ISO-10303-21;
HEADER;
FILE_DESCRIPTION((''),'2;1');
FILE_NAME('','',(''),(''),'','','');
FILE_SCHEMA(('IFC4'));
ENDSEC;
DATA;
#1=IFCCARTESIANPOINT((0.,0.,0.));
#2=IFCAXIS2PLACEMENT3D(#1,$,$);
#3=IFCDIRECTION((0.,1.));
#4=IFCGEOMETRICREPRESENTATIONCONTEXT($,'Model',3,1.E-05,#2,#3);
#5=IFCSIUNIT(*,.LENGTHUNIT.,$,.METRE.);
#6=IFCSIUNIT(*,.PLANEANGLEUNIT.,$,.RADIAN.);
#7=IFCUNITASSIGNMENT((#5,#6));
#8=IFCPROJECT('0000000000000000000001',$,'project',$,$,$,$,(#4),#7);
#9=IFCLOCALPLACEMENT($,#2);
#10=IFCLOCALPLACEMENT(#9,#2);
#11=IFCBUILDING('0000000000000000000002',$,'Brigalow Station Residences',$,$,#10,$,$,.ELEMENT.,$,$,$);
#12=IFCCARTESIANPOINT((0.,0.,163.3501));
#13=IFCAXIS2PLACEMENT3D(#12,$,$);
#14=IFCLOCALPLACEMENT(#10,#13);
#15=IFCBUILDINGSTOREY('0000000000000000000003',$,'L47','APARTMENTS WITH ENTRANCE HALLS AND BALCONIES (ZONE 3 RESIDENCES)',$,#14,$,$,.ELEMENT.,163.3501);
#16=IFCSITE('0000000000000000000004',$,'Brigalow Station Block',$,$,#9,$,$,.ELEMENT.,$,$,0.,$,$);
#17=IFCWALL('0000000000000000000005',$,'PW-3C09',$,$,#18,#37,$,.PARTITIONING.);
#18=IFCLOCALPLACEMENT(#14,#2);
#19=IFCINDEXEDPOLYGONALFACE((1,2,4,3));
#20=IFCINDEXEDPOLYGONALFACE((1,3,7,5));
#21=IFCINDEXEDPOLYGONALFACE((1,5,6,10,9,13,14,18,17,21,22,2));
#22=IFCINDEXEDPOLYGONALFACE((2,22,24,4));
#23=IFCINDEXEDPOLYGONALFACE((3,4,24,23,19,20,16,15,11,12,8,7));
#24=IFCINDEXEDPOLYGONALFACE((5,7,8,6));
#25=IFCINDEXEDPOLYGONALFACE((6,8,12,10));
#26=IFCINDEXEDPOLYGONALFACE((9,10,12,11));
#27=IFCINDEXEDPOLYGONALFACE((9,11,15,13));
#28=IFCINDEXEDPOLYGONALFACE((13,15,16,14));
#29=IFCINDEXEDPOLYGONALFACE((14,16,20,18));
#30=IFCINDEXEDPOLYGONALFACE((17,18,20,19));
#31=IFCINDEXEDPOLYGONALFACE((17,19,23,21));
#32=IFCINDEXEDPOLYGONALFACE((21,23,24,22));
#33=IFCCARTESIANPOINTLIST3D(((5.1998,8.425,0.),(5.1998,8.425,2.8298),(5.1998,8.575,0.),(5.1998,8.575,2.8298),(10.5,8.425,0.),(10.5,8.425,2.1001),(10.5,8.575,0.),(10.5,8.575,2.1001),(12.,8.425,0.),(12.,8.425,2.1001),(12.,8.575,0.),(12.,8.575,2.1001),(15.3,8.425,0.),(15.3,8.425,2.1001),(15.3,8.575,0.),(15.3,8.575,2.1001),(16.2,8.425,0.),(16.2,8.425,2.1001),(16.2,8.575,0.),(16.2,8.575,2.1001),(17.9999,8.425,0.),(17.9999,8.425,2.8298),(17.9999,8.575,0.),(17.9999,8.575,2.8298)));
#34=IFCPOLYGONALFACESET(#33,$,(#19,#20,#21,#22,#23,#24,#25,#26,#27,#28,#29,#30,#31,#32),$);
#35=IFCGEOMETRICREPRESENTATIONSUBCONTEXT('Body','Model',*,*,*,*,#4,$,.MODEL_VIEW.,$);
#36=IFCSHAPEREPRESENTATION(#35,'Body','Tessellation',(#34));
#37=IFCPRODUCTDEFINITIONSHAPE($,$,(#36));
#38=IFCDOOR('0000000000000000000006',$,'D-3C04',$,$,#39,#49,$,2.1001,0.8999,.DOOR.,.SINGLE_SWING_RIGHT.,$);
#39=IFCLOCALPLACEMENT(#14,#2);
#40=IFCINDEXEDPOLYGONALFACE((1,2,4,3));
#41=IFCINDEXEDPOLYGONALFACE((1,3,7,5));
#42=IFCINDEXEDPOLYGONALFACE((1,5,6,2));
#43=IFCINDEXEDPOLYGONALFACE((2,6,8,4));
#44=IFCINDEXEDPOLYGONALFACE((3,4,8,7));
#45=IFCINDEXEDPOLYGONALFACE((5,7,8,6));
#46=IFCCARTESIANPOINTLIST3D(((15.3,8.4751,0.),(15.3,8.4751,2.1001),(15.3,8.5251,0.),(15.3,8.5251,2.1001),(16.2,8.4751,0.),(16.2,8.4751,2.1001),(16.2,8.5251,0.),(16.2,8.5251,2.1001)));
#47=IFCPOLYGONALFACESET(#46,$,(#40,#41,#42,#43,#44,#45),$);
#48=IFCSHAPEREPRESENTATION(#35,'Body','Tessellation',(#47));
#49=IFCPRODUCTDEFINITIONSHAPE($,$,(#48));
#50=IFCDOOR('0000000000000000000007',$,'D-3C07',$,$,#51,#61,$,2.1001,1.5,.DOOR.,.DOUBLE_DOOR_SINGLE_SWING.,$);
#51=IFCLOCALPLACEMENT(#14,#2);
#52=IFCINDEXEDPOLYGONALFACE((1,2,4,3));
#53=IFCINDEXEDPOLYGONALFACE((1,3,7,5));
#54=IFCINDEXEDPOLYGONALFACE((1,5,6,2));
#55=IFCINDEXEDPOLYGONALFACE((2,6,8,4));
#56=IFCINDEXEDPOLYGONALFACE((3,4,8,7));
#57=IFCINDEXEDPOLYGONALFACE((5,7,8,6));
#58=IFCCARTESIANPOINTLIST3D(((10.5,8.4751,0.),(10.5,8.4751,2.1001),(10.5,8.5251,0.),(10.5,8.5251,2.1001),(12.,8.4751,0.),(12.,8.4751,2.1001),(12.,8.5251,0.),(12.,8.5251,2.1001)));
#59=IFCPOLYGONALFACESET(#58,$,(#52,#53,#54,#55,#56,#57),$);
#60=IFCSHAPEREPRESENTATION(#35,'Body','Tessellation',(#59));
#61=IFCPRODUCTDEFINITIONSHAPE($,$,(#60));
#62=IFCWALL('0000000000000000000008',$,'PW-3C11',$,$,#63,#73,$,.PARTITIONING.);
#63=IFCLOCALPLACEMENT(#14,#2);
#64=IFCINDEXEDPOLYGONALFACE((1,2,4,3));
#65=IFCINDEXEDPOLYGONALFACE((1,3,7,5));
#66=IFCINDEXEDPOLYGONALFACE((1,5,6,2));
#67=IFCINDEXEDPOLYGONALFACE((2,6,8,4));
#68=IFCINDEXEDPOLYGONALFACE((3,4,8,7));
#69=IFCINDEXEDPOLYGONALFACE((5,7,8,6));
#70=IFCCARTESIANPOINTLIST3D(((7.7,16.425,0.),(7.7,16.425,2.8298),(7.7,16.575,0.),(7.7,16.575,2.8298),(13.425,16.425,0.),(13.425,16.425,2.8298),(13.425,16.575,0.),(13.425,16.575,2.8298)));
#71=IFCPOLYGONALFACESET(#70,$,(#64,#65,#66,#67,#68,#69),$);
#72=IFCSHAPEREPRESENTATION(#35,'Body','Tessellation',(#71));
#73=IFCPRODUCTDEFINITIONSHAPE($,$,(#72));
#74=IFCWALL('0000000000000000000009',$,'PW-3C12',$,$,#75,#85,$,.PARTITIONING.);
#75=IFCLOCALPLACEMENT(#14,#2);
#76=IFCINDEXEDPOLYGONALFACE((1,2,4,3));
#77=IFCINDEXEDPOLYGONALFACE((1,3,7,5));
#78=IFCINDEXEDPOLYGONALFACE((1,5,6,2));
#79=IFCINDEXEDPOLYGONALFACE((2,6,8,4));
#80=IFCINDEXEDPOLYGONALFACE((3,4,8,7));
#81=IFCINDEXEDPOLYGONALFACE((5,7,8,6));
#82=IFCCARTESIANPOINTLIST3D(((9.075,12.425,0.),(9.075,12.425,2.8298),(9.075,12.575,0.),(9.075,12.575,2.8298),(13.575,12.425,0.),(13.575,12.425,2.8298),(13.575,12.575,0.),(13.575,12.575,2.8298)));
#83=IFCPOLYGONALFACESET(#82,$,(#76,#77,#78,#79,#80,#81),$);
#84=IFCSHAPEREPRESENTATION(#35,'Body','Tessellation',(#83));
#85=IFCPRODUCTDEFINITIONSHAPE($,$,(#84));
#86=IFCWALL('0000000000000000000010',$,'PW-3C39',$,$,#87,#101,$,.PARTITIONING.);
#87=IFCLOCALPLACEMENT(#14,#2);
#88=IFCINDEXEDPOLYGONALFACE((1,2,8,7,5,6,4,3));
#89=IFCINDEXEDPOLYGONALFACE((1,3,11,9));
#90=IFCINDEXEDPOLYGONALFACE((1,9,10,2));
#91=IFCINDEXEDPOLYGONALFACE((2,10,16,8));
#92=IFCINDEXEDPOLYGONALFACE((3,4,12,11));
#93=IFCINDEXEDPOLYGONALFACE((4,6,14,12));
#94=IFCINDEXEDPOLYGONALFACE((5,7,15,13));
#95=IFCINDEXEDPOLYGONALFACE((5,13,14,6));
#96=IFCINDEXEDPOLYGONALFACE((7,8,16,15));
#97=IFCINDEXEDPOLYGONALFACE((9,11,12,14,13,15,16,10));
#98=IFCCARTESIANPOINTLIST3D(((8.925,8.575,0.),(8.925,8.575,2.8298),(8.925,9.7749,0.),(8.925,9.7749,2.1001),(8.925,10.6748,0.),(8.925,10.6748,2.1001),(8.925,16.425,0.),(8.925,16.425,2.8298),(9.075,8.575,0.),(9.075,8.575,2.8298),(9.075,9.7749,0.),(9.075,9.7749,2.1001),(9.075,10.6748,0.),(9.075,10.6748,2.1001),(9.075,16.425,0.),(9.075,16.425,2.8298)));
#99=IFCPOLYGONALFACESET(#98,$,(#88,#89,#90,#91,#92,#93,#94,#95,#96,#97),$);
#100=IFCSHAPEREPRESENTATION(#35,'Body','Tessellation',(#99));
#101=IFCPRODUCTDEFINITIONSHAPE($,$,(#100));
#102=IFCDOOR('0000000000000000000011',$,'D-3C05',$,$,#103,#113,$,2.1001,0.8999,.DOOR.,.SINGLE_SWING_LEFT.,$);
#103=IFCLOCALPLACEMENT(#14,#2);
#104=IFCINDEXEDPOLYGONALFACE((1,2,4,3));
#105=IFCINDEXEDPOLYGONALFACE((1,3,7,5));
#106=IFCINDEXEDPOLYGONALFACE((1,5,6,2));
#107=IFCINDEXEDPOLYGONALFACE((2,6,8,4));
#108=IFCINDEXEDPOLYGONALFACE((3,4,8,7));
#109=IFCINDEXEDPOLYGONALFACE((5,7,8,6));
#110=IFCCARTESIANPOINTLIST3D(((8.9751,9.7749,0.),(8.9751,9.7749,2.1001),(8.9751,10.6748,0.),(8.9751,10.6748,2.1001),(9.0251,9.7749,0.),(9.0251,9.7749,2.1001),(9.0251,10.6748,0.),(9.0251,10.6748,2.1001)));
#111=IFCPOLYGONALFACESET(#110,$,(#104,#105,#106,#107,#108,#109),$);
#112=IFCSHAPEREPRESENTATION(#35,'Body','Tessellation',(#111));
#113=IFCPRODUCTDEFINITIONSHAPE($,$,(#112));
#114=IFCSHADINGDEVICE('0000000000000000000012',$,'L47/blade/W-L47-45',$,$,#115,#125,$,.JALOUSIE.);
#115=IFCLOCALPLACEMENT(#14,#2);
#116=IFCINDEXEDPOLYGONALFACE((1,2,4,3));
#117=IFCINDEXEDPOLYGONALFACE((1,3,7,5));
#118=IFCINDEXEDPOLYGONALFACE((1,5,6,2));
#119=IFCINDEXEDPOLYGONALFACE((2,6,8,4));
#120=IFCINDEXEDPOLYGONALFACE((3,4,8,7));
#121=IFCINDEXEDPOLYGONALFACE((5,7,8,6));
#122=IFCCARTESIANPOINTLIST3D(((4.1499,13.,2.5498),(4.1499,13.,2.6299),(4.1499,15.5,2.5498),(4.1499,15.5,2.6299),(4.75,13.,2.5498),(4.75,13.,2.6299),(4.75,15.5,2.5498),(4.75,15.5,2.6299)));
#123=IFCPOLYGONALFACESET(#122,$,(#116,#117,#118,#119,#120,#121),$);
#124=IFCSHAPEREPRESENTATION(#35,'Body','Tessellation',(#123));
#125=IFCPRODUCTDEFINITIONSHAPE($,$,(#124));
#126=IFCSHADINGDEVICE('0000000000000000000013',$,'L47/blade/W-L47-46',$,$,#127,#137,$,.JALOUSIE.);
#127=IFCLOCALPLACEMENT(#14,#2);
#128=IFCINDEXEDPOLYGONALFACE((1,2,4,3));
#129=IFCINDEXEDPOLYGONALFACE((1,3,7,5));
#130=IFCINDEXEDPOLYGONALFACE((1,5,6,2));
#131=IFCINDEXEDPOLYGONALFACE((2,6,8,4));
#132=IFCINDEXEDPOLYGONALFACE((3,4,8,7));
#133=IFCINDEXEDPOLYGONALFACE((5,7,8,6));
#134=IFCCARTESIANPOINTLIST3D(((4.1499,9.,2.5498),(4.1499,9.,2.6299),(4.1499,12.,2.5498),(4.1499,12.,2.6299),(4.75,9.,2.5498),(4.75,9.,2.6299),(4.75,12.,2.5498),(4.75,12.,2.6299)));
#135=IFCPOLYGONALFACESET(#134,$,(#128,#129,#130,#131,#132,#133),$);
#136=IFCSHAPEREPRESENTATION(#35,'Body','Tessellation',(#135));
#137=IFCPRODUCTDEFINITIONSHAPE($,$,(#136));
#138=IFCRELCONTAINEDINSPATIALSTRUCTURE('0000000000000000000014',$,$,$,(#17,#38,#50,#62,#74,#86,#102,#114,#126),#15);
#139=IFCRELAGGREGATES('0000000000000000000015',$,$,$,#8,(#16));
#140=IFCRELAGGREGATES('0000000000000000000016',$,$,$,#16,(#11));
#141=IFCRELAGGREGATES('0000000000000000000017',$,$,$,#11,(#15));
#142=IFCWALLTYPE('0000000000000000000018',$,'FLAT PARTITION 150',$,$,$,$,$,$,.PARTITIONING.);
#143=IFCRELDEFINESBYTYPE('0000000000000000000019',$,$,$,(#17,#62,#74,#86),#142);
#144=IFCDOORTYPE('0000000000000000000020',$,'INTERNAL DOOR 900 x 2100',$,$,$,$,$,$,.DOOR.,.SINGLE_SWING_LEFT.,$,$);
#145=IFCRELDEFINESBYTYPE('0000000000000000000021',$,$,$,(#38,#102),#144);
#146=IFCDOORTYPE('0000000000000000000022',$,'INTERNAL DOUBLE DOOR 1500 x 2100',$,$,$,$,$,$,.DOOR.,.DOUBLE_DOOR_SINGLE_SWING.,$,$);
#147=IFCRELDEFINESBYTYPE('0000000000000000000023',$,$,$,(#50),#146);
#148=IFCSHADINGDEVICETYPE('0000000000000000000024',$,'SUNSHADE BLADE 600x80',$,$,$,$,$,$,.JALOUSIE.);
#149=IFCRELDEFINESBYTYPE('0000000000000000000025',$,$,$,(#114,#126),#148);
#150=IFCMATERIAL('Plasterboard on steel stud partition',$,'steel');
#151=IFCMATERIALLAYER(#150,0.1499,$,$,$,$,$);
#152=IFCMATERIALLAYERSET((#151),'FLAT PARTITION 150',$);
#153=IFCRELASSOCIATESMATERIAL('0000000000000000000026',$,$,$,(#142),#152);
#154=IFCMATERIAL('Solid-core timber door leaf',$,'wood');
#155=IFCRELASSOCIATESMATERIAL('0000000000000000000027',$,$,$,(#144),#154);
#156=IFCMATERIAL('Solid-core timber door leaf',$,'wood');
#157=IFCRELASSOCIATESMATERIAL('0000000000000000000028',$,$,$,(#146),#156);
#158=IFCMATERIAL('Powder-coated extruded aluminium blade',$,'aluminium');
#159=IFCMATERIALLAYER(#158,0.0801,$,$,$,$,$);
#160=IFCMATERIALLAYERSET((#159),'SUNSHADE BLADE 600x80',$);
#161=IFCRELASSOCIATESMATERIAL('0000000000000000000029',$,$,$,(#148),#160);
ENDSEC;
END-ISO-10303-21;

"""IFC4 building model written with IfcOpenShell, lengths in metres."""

from ifc_helpers import new_model, si_unit, direction, frame, frame_2d, origin, origin_2d, place, context, subcontext, project, spatial, rectangle, extrude, material, layer, layer_set, type_object, element, fill, save


model = new_model("IFC4")

# Units and contexts
model_context = context("Model", 3, precision=1e-05, world=origin(), true_north=direction((0.0, 1.0)))
body_context = subcontext(model_context, "Body", "Model", "MODEL_VIEW")
ifc_project = project(units=[si_unit("LENGTHUNIT", "METRE"), si_unit("PLANEANGLEUNIT", "RADIAN")], contexts=[model_context])

# Site, building, storey
site_placement = place(None, origin())
site = spatial("IfcSite", under=ifc_project, at=site_placement, Name="Brigalow Station Block", CompositionType="ELEMENT", RefElevation=0.0)
building_placement = place(site_placement, origin())
building = spatial("IfcBuilding", under=site, at=building_placement, Name="Brigalow Station Residences", CompositionType="ELEMENT")
storey_placement = place(building_placement, frame((0.0, 0.0, 163.3501)))
storey = spatial("IfcBuildingStorey", under=building, at=storey_placement, Name="L47", Description="APARTMENTS WITH ENTRANCE HALLS AND BALCONIES (ZONE 3 RESIDENCES)", CompositionType="ELEMENT", Elevation=163.3501)

# Wall, openings, doors
ifc_material_1 = material(Name="Plasterboard on steel stud partition", Category="steel")
ifc_layer_1 = layer(ifc_material_1, 0.1499)
ifc_layer_set_1 = layer_set([ifc_layer_1], Name="FLAT PARTITION 150")
wall_type_1 = type_object("IfcWallType", Name="FLAT PARTITION 150", PredefinedType="PARTITIONING", material=ifc_layer_set_1)
wall_1_placement = place(storey_placement, frame((5.2, 8.5, 0.0), z_axis=(0.0, 0.0, 1.0), x_axis=(1.0, 0.0, 0.0)))
wall_1 = element("IfcWall", 1, at=wall_1_placement, inside=storey, type_object=wall_type_1, Name="PW-3C09", PredefinedType="PARTITIONING", context=body_context, shape_type="SweptSolid", body=[
    extrude(rectangle(XDim=12.8, YDim=0.1499, at=frame_2d((6.3999, 0.0))), origin(), (0.0, 0.0, 1.0), 2.8298),
])
opening_1_placement = place(wall_1_placement, frame((10.1001, 0.0, 0.0)))
opening_1 = element("IfcOpeningElement", 2, at=opening_1_placement, cuts=wall_1, PredefinedType="OPENING", context=body_context, shape_type="SweptSolid", body=[
    extrude(rectangle(XDim=0.8999, YDim=2.1001, at=frame_2d((0.45, 1.05))), frame((0.0, 0.085, 0.0), z_axis=(0.0, -1.0, 0.0), x_axis=(1.0, 0.0, 0.0)), (0.0, 0.0, 1.0), 0.1699),
])
opening_2_placement = place(wall_1_placement, frame((5.3, 0.0, 0.0)))
opening_2 = element("IfcOpeningElement", 3, at=opening_2_placement, cuts=wall_1, PredefinedType="OPENING", context=body_context, shape_type="SweptSolid", body=[
    extrude(rectangle(XDim=1.5, YDim=2.1001, at=frame_2d((0.75, 1.05))), frame((0.0, 0.085, 0.0), z_axis=(0.0, -1.0, 0.0), x_axis=(1.0, 0.0, 0.0)), (0.0, 0.0, 1.0), 0.1699),
])
ifc_material_2 = material(Name="Solid-core timber door leaf", Category="wood")
door_type_1 = type_object("IfcDoorType", Name="INTERNAL DOOR 900 x 2100", OperationType="SINGLE_SWING_LEFT", PredefinedType="DOOR", material=ifc_material_2)
door_1_placement = place(opening_1_placement, frame((0.8999, 0.0, 0.0), z_axis=(0.0, 0.0, 1.0), x_axis=(-1.0, 0.0, 0.0)))
door_1 = element("IfcDoor", 4, at=door_1_placement, inside=storey, type_object=door_type_1, Name="D-3C04", OperationType="SINGLE_SWING_RIGHT", OverallHeight=2.1001, OverallWidth=0.8999, PredefinedType="DOOR", context=body_context, shape_type="SweptSolid", body=[
    extrude(rectangle(XDim=0.8999, YDim=2.1001, at=frame_2d((0.45, 1.05))), frame((0.0, 0.0249, 0.0), z_axis=(0.0, -1.0, 0.0), x_axis=(1.0, 0.0, 0.0)), (0.0, 0.0, 1.0), 0.05),
])
fill(opening_1, door_1)
ifc_material_3 = material(Name="Solid-core timber door leaf", Category="wood")
door_type_2 = type_object("IfcDoorType", Name="INTERNAL DOUBLE DOOR 1500 x 2100", OperationType="DOUBLE_DOOR_SINGLE_SWING", PredefinedType="DOOR", material=ifc_material_3)
door_2_placement = place(opening_2_placement, frame((1.5, 0.0, 0.0), z_axis=(0.0, 0.0, 1.0), x_axis=(-1.0, 0.0, 0.0)))
door_2 = element("IfcDoor", 5, at=door_2_placement, inside=storey, type_object=door_type_2, Name="D-3C07", OperationType="DOUBLE_DOOR_SINGLE_SWING", OverallHeight=2.1001, OverallWidth=1.5, PredefinedType="DOOR", context=body_context, shape_type="SweptSolid", body=[
    extrude(rectangle(XDim=1.5, YDim=2.1001, at=frame_2d((0.75, 1.05))), frame((0.0, 0.0249, 0.0), z_axis=(0.0, -1.0, 0.0), x_axis=(1.0, 0.0, 0.0)), (0.0, 0.0, 1.0), 0.05),
])
fill(opening_2, door_2)

# Walls
wall_2_placement = place(storey_placement, frame((7.7, 16.5, 0.0), z_axis=(0.0, 0.0, 1.0), x_axis=(1.0, 0.0, 0.0)))
element("IfcWall", 6, at=wall_2_placement, inside=storey, type_object=wall_type_1, Name="PW-3C11", PredefinedType="PARTITIONING", context=body_context, shape_type="SweptSolid", body=[
    extrude(rectangle(XDim=5.7251, YDim=0.1499, at=frame_2d((2.8625, 0.0))), origin(), (0.0, 0.0, 1.0), 2.8298),
])
wall_3_placement = place(storey_placement, frame((9.075, 12.5, 0.0), z_axis=(0.0, 0.0, 1.0), x_axis=(1.0, 0.0, 0.0)))
element("IfcWall", 7, at=wall_3_placement, inside=storey, type_object=wall_type_1, Name="PW-3C12", PredefinedType="PARTITIONING", context=body_context, shape_type="SweptSolid", body=[
    extrude(rectangle(XDim=4.5, YDim=0.1499, at=frame_2d((2.25, 0.0))), origin(), (0.0, 0.0, 1.0), 2.8298),
])

# Wall, opening, door
wall_4_placement = place(storey_placement, frame((9.0, 8.575, 0.0), z_axis=(0.0, 0.0, 1.0), x_axis=(0.0, 1.0, 0.0)))
wall_4 = element("IfcWall", 8, at=wall_4_placement, inside=storey, type_object=wall_type_1, Name="PW-3C39", PredefinedType="PARTITIONING", context=body_context, shape_type="SweptSolid", body=[
    extrude(rectangle(XDim=7.8501, YDim=0.1499, at=frame_2d((3.925, 0.0))), origin(), (0.0, 0.0, 1.0), 2.8298),
])
opening_3_placement = place(wall_4_placement, frame((1.2, 0.0, 0.0)))
opening_3 = element("IfcOpeningElement", 9, at=opening_3_placement, cuts=wall_4, PredefinedType="OPENING", context=body_context, shape_type="SweptSolid", body=[
    extrude(rectangle(XDim=0.8999, YDim=2.1001, at=frame_2d((0.45, 1.05))), frame((0.0, 0.085, 0.0), z_axis=(0.0, -1.0, 0.0), x_axis=(1.0, 0.0, 0.0)), (0.0, 0.0, 1.0), 0.1699),
])
door_3_placement = place(opening_3_placement, origin())
door_3 = element("IfcDoor", 10, at=door_3_placement, inside=storey, type_object=door_type_1, Name="D-3C05", OperationType="SINGLE_SWING_LEFT", OverallHeight=2.1001, OverallWidth=0.8999, PredefinedType="DOOR", context=body_context, shape_type="SweptSolid", body=[
    extrude(rectangle(XDim=0.8999, YDim=2.1001, at=frame_2d((0.45, 1.05))), frame((0.0, 0.0249, 0.0), z_axis=(0.0, -1.0, 0.0), x_axis=(1.0, 0.0, 0.0)), (0.0, 0.0, 1.0), 0.05),
])
fill(opening_3, door_3)

# Shading devices
ifc_material_4 = material(Name="Powder-coated extruded aluminium blade", Category="aluminium")
ifc_layer_2 = layer(ifc_material_4, 0.0801)
ifc_layer_set_2 = layer_set([ifc_layer_2], Name="SUNSHADE BLADE 600x80")
shading_device_type = type_object("IfcShadingDeviceType", Name="SUNSHADE BLADE 600x80", PredefinedType="JALOUSIE", material=ifc_layer_set_2)
shading_device_1_placement = place(storey_placement, frame((4.45, 14.25, 2.5498), z_axis=(0.0, 0.0, 1.0), x_axis=(0.0, -1.0, 0.0)))
element("IfcShadingDevice", 11, at=shading_device_1_placement, inside=storey, type_object=shading_device_type, Name="L47/blade/W-L47-45", PredefinedType="JALOUSIE", context=body_context, shape_type="SweptSolid", body=[
    extrude(rectangle(XDim=2.5, YDim=0.6001, at=origin_2d()), origin(), (0.0, 0.0, 1.0), 0.0801),
])
shading_device_2_placement = place(storey_placement, frame((4.45, 10.5, 2.5498), z_axis=(0.0, 0.0, 1.0), x_axis=(0.0, -1.0, 0.0)))
element("IfcShadingDevice", 12, at=shading_device_2_placement, inside=storey, type_object=shading_device_type, Name="L47/blade/W-L47-46", PredefinedType="JALOUSIE", context=body_context, shape_type="SweptSolid", body=[
    extrude(rectangle(XDim=3.0, YDim=0.6001, at=origin_2d()), origin(), (0.0, 0.0, 1.0), 0.0801),
])

save(model, "model.ifc")
